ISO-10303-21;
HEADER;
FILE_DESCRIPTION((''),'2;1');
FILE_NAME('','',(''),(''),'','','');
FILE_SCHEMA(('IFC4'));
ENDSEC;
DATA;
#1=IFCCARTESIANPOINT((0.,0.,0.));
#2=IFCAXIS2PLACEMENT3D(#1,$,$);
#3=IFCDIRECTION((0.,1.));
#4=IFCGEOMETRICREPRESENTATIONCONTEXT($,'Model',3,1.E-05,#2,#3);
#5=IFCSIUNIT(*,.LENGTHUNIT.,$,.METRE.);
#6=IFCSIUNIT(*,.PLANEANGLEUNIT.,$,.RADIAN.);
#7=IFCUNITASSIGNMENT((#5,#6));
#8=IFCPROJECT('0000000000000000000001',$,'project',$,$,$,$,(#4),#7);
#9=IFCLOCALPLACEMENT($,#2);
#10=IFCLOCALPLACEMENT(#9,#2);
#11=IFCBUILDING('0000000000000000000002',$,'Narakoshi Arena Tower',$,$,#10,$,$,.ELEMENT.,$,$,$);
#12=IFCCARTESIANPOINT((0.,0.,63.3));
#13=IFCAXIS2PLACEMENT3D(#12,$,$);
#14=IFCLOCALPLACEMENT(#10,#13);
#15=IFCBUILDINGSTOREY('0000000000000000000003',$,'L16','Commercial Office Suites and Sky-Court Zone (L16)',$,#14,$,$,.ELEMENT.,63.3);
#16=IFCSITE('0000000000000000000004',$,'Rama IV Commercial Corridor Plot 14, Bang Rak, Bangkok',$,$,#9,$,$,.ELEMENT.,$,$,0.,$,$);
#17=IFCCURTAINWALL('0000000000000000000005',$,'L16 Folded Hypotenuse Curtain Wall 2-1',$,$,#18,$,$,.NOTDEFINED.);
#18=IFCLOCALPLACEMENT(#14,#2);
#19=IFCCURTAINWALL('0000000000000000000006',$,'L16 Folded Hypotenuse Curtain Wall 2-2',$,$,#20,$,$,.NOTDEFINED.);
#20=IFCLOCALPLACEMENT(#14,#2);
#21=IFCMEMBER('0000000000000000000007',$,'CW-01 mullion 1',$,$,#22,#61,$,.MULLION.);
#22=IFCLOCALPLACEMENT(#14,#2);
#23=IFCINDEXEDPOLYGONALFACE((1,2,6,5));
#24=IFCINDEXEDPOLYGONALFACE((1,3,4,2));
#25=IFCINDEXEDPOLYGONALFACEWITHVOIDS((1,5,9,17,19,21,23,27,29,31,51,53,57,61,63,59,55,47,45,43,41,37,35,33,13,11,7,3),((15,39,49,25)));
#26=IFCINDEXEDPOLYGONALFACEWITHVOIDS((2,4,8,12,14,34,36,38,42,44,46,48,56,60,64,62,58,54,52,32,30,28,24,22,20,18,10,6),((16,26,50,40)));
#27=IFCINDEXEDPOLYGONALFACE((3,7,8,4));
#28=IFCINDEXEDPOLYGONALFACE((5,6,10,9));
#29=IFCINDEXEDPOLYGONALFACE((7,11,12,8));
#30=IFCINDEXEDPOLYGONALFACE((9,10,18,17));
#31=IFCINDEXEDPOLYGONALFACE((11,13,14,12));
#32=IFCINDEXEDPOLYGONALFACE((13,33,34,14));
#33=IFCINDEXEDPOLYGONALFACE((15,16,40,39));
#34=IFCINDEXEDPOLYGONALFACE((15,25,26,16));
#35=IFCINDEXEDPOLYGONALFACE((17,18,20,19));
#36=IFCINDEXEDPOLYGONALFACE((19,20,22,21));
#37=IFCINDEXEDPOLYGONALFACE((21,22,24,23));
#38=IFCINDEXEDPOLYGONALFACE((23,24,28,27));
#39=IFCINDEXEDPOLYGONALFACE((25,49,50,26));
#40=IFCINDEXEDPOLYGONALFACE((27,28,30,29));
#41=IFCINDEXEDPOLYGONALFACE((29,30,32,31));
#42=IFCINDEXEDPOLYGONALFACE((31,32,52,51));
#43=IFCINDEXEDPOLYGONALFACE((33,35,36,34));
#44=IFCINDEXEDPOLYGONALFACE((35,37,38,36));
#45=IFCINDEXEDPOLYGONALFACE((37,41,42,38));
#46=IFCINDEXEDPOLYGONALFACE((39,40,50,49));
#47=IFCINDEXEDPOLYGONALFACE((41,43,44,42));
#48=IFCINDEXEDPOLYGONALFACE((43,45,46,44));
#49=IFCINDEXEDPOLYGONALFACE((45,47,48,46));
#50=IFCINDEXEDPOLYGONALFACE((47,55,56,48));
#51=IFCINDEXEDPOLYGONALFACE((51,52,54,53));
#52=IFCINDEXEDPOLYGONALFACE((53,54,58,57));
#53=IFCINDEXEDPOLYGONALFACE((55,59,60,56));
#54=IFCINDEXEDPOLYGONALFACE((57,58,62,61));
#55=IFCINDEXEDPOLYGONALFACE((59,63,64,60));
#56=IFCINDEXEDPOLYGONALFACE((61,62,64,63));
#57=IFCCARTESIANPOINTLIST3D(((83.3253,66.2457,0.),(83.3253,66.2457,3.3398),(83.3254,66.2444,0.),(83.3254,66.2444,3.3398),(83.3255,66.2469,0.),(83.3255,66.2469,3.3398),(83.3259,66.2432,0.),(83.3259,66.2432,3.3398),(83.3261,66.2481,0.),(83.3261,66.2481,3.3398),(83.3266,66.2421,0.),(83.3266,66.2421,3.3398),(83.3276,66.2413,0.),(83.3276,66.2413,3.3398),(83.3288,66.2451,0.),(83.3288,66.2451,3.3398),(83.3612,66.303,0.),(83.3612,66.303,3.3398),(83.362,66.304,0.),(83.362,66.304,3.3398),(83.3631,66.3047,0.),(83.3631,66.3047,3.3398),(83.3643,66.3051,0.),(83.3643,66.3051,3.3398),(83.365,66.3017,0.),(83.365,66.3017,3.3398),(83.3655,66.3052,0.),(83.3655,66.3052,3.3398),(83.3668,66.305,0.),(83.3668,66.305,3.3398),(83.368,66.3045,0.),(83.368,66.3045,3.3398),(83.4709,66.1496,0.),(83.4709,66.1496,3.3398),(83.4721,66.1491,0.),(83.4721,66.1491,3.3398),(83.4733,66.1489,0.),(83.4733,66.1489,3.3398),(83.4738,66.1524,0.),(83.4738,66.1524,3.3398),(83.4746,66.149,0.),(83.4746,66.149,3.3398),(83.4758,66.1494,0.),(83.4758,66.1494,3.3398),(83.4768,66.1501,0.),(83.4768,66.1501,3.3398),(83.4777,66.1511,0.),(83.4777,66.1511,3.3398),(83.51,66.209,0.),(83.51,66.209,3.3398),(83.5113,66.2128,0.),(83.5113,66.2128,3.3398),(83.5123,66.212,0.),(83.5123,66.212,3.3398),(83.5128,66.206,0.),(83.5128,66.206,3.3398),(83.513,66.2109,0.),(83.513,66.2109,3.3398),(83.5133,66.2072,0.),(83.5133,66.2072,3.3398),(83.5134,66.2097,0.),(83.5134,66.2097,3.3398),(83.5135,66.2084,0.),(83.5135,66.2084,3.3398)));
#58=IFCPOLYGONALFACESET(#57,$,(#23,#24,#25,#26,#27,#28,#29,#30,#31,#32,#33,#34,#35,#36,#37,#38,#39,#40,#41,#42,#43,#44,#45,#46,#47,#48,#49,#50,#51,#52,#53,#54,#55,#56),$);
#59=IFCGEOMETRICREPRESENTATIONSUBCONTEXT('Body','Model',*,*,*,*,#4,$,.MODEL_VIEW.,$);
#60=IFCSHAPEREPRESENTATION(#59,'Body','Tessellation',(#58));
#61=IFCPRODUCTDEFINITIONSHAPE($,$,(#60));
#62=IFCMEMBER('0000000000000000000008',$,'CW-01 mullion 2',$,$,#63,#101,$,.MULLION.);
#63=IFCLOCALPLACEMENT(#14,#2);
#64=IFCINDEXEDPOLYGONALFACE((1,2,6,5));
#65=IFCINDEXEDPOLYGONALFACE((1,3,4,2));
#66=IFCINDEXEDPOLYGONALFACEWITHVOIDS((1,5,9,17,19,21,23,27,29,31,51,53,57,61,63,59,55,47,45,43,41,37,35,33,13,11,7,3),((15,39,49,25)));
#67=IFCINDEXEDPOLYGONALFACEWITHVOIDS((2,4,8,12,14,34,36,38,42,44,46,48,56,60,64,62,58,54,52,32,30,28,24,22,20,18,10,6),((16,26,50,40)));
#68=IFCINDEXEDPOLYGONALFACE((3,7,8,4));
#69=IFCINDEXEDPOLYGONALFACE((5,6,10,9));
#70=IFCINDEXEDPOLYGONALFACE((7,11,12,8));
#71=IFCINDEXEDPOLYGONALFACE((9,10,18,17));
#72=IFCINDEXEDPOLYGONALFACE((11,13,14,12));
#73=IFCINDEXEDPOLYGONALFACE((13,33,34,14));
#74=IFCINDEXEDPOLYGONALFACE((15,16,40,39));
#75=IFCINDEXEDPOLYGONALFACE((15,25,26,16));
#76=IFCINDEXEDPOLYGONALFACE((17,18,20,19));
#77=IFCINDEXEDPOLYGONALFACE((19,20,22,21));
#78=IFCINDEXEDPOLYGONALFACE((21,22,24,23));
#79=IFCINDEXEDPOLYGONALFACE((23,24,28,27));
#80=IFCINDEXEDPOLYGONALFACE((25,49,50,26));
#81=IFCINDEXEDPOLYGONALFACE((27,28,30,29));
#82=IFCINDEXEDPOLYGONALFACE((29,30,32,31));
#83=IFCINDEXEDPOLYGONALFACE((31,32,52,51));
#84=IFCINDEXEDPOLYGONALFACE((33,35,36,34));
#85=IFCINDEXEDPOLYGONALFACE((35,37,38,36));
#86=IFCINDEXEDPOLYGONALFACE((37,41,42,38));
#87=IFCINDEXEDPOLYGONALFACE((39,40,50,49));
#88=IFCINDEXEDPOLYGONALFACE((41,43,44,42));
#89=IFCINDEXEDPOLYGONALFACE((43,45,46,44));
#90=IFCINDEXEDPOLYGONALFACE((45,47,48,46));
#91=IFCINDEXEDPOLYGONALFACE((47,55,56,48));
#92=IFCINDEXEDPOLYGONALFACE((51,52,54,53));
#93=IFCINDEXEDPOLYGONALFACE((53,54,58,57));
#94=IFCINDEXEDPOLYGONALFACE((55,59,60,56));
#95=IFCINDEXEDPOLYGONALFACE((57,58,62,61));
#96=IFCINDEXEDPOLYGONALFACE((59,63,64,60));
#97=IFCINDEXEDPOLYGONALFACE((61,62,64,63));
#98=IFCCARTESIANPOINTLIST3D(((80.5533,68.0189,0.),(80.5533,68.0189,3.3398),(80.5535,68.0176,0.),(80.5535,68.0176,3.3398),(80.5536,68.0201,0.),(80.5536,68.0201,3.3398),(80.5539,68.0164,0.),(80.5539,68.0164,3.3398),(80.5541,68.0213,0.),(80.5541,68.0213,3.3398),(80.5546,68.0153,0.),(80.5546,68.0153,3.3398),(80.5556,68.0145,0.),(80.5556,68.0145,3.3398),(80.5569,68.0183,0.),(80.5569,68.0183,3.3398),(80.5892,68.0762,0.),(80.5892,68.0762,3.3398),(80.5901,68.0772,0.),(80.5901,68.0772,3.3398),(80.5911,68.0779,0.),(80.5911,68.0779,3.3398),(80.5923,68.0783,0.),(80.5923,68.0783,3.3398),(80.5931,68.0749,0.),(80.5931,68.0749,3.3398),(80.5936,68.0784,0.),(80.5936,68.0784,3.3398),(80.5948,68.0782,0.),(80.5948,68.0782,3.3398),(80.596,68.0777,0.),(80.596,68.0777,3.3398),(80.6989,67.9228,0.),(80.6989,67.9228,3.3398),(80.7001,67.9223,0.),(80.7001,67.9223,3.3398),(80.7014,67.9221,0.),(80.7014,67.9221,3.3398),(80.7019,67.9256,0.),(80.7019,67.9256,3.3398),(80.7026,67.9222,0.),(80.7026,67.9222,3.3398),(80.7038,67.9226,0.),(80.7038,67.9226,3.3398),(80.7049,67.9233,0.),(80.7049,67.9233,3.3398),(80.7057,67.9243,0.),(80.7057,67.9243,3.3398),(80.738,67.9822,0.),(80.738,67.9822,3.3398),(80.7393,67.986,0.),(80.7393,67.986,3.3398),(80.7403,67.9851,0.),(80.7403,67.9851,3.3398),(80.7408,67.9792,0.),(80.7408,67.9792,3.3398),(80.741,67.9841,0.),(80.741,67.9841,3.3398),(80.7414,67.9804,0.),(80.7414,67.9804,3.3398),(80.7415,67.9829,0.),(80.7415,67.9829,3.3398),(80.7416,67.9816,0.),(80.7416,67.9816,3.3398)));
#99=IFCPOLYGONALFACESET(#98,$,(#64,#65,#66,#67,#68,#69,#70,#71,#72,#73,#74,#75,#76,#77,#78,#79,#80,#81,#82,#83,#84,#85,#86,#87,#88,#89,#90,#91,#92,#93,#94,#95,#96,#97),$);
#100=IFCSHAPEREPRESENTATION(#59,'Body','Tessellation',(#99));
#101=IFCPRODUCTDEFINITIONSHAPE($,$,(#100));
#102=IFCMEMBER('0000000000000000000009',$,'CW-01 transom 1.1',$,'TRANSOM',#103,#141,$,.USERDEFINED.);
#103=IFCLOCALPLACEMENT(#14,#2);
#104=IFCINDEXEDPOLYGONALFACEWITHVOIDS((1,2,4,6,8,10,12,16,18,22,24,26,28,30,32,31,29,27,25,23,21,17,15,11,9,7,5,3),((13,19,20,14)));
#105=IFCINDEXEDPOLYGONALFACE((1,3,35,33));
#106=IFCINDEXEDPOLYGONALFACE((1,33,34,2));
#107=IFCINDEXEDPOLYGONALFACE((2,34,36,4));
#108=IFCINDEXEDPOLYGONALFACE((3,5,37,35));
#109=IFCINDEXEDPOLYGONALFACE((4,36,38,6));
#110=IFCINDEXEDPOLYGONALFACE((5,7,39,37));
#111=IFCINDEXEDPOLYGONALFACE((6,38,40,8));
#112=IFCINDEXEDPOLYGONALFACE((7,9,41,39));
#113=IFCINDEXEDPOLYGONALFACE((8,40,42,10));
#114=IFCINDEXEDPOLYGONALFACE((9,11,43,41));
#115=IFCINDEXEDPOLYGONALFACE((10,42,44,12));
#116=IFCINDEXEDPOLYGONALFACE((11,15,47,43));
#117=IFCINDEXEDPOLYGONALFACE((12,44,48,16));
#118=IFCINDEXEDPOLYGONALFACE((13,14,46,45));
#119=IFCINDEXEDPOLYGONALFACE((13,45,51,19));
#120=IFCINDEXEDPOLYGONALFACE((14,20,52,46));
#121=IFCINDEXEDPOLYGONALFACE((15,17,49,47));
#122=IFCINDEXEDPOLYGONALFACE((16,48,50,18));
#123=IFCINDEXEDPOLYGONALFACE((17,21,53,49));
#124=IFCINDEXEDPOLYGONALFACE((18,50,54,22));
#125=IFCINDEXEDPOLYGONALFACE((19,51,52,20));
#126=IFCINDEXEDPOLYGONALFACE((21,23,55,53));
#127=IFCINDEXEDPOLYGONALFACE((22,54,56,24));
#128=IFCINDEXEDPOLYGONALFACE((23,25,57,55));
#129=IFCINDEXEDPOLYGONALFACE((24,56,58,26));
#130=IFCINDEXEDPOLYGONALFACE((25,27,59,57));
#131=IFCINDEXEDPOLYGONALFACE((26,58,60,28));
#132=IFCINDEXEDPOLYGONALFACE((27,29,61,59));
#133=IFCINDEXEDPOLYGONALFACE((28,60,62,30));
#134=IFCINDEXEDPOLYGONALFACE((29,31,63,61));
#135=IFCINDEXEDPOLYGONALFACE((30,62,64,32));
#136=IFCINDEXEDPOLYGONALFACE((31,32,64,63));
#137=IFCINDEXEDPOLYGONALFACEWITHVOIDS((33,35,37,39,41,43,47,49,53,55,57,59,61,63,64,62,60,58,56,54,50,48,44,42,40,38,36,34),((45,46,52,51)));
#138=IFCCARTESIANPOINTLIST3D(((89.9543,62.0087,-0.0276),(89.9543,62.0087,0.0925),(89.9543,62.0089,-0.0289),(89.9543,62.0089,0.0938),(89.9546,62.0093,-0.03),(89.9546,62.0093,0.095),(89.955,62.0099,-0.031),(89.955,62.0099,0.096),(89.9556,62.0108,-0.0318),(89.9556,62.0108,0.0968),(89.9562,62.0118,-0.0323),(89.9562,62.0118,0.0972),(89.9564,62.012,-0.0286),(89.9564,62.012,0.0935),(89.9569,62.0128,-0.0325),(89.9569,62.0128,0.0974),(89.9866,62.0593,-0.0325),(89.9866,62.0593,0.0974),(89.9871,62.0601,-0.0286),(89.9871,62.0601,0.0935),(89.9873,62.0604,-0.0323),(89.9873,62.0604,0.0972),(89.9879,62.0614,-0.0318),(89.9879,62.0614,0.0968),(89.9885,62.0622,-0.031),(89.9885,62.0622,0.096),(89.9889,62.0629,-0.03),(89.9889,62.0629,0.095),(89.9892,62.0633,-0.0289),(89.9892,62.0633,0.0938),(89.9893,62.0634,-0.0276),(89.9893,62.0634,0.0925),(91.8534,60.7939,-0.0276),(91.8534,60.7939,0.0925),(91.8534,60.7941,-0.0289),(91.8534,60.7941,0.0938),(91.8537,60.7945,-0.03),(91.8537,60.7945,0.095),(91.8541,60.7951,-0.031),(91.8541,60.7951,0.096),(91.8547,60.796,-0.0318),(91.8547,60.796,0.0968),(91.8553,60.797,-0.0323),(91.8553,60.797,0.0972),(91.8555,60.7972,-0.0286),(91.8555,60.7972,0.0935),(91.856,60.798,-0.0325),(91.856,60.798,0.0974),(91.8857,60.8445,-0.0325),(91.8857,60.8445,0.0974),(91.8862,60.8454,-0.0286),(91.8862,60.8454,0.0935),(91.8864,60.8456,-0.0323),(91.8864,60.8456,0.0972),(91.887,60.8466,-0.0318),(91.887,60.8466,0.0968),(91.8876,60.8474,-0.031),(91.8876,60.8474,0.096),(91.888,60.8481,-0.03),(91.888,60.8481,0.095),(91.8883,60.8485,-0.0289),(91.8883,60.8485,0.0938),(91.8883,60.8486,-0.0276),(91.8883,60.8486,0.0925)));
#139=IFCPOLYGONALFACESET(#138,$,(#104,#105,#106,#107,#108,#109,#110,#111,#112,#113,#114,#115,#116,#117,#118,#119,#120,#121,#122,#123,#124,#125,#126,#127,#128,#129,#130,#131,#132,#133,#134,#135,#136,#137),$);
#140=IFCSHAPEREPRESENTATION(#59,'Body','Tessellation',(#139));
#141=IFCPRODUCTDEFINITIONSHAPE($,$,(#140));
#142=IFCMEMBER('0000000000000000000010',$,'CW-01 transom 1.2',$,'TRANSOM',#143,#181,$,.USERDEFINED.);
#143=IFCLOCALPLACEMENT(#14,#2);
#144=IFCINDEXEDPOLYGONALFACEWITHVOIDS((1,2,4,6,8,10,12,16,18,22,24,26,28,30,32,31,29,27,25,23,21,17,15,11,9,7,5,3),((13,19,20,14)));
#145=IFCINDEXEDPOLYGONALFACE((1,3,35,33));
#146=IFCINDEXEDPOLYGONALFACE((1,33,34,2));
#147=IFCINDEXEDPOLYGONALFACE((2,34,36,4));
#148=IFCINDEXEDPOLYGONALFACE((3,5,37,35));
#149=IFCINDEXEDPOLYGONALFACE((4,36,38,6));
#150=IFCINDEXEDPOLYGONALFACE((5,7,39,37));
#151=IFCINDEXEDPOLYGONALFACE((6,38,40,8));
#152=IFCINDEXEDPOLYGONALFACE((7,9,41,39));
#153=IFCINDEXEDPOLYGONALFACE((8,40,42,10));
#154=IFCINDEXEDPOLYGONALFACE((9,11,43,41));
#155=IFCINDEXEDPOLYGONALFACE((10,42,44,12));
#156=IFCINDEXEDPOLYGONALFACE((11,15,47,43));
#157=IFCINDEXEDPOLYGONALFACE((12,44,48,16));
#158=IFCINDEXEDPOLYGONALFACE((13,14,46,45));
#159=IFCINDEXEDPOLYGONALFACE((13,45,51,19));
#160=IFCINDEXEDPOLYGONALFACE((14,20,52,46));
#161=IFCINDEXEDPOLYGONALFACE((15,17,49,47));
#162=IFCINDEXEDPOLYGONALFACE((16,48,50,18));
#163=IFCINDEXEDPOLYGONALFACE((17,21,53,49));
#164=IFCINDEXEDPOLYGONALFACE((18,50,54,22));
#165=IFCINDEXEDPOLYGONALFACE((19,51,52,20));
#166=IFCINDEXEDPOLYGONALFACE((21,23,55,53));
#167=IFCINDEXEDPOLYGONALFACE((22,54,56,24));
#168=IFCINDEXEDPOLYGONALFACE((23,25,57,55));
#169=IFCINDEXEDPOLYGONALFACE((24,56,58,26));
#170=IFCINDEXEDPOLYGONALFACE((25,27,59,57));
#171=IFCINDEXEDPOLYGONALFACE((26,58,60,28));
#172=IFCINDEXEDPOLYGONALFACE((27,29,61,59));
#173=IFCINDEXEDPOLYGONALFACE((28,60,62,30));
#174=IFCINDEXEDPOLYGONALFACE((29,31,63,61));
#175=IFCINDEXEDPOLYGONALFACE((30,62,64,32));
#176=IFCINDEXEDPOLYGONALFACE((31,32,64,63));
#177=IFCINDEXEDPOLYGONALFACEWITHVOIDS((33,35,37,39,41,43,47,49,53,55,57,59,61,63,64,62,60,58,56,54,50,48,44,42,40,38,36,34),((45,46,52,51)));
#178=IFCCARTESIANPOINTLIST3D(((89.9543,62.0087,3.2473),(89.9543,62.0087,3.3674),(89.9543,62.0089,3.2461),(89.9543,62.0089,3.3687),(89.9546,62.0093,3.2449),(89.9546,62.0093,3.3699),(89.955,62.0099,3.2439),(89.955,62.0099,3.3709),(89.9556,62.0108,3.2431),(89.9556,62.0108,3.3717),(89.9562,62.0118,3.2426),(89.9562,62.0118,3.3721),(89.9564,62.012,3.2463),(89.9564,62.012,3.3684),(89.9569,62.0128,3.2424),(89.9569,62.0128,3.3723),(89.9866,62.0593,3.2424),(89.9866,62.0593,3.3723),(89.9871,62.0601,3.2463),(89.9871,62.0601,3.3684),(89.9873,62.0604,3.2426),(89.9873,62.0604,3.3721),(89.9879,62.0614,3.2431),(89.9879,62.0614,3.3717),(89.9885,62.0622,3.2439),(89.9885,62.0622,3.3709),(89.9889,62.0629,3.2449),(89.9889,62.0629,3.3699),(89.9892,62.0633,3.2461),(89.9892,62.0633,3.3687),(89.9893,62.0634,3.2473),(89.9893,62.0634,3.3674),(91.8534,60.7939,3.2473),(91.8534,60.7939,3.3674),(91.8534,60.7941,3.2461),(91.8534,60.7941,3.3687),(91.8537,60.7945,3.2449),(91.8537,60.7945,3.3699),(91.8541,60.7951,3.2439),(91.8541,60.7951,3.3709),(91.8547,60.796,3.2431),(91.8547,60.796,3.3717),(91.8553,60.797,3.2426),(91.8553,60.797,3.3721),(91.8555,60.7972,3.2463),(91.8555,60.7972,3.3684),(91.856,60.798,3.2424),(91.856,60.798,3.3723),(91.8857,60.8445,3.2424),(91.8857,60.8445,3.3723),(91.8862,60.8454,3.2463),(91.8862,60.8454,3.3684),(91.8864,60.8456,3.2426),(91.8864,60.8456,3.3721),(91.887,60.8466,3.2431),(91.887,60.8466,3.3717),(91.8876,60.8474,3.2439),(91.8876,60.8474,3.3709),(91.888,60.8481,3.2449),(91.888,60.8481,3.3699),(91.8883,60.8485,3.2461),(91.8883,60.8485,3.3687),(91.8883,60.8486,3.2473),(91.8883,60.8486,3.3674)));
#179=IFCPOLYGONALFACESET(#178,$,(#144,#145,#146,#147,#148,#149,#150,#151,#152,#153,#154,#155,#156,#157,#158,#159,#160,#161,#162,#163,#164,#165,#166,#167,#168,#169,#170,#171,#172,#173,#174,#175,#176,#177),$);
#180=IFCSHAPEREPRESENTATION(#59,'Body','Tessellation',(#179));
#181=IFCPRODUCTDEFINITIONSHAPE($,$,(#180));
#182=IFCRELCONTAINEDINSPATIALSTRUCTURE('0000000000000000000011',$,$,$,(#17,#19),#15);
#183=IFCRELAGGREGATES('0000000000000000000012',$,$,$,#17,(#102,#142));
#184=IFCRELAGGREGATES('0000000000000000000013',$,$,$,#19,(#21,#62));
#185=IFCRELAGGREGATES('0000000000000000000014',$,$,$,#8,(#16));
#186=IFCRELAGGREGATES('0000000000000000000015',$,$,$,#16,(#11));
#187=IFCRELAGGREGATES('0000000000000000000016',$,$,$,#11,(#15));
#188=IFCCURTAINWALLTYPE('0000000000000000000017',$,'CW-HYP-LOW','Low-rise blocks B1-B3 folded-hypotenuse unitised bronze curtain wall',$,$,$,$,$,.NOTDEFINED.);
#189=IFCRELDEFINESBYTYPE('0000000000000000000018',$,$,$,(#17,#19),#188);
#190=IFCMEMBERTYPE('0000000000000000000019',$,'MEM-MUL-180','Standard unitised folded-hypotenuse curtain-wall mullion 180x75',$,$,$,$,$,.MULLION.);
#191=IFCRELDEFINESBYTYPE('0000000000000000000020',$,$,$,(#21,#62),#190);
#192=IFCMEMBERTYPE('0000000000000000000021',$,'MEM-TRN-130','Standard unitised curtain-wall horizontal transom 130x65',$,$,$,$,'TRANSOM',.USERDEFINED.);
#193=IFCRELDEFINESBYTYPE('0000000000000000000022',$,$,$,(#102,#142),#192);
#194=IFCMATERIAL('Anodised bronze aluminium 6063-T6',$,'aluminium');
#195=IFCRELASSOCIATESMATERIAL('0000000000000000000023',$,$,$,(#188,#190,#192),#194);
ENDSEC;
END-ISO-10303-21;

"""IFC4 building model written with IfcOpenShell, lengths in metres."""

from ifc_helpers import new_model, si_unit, direction, frame, origin, origin_2d, place, context, subcontext, project, spatial, hollow_rectangle, extrude, material, material_profile, profile_set, type_object, element, aggregate, save


model = new_model("IFC4")

# Units and contexts
model_context = context("Model", 3, precision=1e-05, world=origin(), true_north=direction((0.0, 1.0)))
body_context = subcontext(model_context, "Body", "Model", "MODEL_VIEW")
ifc_project = project(units=[si_unit("LENGTHUNIT", "METRE"), si_unit("PLANEANGLEUNIT", "RADIAN")], contexts=[model_context])

# Site, building, storey
site_placement = place(None, origin())
site = spatial("IfcSite", under=ifc_project, at=site_placement, Name="Rama IV Commercial Corridor Plot 14, Bang Rak, Bangkok", CompositionType="ELEMENT", RefElevation=0.0)
building_placement = place(site_placement, origin())
building = spatial("IfcBuilding", under=site, at=building_placement, Name="Narakoshi Arena Tower", CompositionType="ELEMENT")
storey_placement = place(building_placement, frame((0.0, 0.0, 63.3)))
storey = spatial("IfcBuildingStorey", under=building, at=storey_placement, Name="L16", Description="Commercial Office Suites and Sky-Court Zone (L16)", CompositionType="ELEMENT", Elevation=63.3)

# Curtain walls, members
ifc_material_1 = material(Name="Anodised bronze aluminium 6063-T6", Category="aluminium")
curtain_wall_type = type_object("IfcCurtainWallType", Name="CW-HYP-LOW", Description="Low-rise blocks B1-B3 folded-hypotenuse unitised bronze curtain wall", PredefinedType="NOTDEFINED", material=ifc_material_1)
curtain_wall_1_placement = place(storey_placement, origin())
curtain_wall_1 = element("IfcCurtainWall", 1, at=curtain_wall_1_placement, inside=storey, type_object=curtain_wall_type, Name="L16 Folded Hypotenuse Curtain Wall 2-1", PredefinedType="NOTDEFINED")
ifc_material_profile_1 = material_profile(ifc_material_1, hollow_rectangle(XDim=0.075, YDim=0.1799, WallThickness=0.0039, OuterFilletRadius=0.0049, at=origin_2d()), Name="MUL180x75x4")
ifc_profile_set_1 = profile_set([ifc_material_profile_1], Name="Anodised bronze aluminium 6063-T6")
member_type_1 = type_object("IfcMemberType", Name="MEM-MUL-180", Description="Standard unitised folded-hypotenuse curtain-wall mullion 180x75", PredefinedType="MULLION", material=ifc_profile_set_1)
curtain_wall_2_placement = place(storey_placement, origin())
curtain_wall_2 = element("IfcCurtainWall", 2, at=curtain_wall_2_placement, inside=storey, type_object=curtain_wall_type, Name="L16 Folded Hypotenuse Curtain Wall 2-2", PredefinedType="NOTDEFINED")
member_1_placement = place(storey_placement, frame((83.4194, 66.2271, 0.0), z_axis=(0.0, 0.0, 1.0), x_axis=(-0.538829, -0.842415, 0.0)))
member_1 = element("IfcMember", 3, at=member_1_placement, type_object=member_type_1, Name="CW-01 mullion 1", PredefinedType="MULLION", context=body_context, shape_type="SweptSolid", body=[
    extrude(hollow_rectangle(XDim=0.075, YDim=0.1799, WallThickness=0.0039, OuterFilletRadius=0.0049, at=origin_2d()), origin(), (0.0, 0.0, 1.0), 3.3398),
])
member_2_placement = place(storey_placement, frame((80.6475, 68.0002, 0.0), z_axis=(0.0, 0.0, 1.0), x_axis=(-0.538829, -0.842415, 0.0)))
member_2 = element("IfcMember", 4, at=member_2_placement, type_object=member_type_1, Name="CW-01 mullion 2", PredefinedType="MULLION", context=body_context, shape_type="SweptSolid", body=[
    extrude(hollow_rectangle(XDim=0.075, YDim=0.1799, WallThickness=0.0039, OuterFilletRadius=0.0049, at=origin_2d()), origin(), (0.0, 0.0, 1.0), 3.3398),
])

# Members
ifc_material_profile_2 = material_profile(ifc_material_1, hollow_rectangle(XDim=0.0649, YDim=0.1299, WallThickness=0.0039, OuterFilletRadius=0.0049, at=origin_2d()), Name="TRN130x65x4")
ifc_profile_set_2 = profile_set([ifc_material_profile_2], Name="Anodised bronze aluminium 6063-T6")
member_type_2 = type_object("IfcMemberType", Name="MEM-TRN-130", Description="Standard unitised curtain-wall horizontal transom 130x65", ElementType="TRANSOM", PredefinedType="USERDEFINED", material=ifc_profile_set_2)
member_3_placement = place(storey_placement, frame((91.8708, 60.8213, 0.0325), z_axis=(-0.842397, 0.538857, 0.0), x_axis=(-0.538857, -0.842397, 0.0)))
member_3 = element("IfcMember", 5, at=member_3_placement, type_object=member_type_2, Name="CW-01 transom 1.1", ObjectType="TRANSOM", PredefinedType="USERDEFINED", context=body_context, shape_type="SweptSolid", body=[
    extrude(hollow_rectangle(XDim=0.0649, YDim=0.1299, WallThickness=0.0039, OuterFilletRadius=0.0049, at=origin_2d()), origin(), (0.0, 0.0, 1.0), 2.2544),
])
member_4_placement = place(storey_placement, frame((91.8708, 60.8213, 3.3074), z_axis=(-0.842397, 0.538857, 0.0), x_axis=(-0.538857, -0.842397, 0.0)))
member_4 = element("IfcMember", 6, at=member_4_placement, type_object=member_type_2, Name="CW-01 transom 1.2", ObjectType="TRANSOM", PredefinedType="USERDEFINED", context=body_context, shape_type="SweptSolid", body=[
    extrude(hollow_rectangle(XDim=0.0649, YDim=0.1299, WallThickness=0.0039, OuterFilletRadius=0.0049, at=origin_2d()), origin(), (0.0, 0.0, 1.0), 2.2544),
])

aggregate(curtain_wall_1, [member_3, member_4])
aggregate(curtain_wall_2, [member_1, member_2])

save(model, "model.ifc")
